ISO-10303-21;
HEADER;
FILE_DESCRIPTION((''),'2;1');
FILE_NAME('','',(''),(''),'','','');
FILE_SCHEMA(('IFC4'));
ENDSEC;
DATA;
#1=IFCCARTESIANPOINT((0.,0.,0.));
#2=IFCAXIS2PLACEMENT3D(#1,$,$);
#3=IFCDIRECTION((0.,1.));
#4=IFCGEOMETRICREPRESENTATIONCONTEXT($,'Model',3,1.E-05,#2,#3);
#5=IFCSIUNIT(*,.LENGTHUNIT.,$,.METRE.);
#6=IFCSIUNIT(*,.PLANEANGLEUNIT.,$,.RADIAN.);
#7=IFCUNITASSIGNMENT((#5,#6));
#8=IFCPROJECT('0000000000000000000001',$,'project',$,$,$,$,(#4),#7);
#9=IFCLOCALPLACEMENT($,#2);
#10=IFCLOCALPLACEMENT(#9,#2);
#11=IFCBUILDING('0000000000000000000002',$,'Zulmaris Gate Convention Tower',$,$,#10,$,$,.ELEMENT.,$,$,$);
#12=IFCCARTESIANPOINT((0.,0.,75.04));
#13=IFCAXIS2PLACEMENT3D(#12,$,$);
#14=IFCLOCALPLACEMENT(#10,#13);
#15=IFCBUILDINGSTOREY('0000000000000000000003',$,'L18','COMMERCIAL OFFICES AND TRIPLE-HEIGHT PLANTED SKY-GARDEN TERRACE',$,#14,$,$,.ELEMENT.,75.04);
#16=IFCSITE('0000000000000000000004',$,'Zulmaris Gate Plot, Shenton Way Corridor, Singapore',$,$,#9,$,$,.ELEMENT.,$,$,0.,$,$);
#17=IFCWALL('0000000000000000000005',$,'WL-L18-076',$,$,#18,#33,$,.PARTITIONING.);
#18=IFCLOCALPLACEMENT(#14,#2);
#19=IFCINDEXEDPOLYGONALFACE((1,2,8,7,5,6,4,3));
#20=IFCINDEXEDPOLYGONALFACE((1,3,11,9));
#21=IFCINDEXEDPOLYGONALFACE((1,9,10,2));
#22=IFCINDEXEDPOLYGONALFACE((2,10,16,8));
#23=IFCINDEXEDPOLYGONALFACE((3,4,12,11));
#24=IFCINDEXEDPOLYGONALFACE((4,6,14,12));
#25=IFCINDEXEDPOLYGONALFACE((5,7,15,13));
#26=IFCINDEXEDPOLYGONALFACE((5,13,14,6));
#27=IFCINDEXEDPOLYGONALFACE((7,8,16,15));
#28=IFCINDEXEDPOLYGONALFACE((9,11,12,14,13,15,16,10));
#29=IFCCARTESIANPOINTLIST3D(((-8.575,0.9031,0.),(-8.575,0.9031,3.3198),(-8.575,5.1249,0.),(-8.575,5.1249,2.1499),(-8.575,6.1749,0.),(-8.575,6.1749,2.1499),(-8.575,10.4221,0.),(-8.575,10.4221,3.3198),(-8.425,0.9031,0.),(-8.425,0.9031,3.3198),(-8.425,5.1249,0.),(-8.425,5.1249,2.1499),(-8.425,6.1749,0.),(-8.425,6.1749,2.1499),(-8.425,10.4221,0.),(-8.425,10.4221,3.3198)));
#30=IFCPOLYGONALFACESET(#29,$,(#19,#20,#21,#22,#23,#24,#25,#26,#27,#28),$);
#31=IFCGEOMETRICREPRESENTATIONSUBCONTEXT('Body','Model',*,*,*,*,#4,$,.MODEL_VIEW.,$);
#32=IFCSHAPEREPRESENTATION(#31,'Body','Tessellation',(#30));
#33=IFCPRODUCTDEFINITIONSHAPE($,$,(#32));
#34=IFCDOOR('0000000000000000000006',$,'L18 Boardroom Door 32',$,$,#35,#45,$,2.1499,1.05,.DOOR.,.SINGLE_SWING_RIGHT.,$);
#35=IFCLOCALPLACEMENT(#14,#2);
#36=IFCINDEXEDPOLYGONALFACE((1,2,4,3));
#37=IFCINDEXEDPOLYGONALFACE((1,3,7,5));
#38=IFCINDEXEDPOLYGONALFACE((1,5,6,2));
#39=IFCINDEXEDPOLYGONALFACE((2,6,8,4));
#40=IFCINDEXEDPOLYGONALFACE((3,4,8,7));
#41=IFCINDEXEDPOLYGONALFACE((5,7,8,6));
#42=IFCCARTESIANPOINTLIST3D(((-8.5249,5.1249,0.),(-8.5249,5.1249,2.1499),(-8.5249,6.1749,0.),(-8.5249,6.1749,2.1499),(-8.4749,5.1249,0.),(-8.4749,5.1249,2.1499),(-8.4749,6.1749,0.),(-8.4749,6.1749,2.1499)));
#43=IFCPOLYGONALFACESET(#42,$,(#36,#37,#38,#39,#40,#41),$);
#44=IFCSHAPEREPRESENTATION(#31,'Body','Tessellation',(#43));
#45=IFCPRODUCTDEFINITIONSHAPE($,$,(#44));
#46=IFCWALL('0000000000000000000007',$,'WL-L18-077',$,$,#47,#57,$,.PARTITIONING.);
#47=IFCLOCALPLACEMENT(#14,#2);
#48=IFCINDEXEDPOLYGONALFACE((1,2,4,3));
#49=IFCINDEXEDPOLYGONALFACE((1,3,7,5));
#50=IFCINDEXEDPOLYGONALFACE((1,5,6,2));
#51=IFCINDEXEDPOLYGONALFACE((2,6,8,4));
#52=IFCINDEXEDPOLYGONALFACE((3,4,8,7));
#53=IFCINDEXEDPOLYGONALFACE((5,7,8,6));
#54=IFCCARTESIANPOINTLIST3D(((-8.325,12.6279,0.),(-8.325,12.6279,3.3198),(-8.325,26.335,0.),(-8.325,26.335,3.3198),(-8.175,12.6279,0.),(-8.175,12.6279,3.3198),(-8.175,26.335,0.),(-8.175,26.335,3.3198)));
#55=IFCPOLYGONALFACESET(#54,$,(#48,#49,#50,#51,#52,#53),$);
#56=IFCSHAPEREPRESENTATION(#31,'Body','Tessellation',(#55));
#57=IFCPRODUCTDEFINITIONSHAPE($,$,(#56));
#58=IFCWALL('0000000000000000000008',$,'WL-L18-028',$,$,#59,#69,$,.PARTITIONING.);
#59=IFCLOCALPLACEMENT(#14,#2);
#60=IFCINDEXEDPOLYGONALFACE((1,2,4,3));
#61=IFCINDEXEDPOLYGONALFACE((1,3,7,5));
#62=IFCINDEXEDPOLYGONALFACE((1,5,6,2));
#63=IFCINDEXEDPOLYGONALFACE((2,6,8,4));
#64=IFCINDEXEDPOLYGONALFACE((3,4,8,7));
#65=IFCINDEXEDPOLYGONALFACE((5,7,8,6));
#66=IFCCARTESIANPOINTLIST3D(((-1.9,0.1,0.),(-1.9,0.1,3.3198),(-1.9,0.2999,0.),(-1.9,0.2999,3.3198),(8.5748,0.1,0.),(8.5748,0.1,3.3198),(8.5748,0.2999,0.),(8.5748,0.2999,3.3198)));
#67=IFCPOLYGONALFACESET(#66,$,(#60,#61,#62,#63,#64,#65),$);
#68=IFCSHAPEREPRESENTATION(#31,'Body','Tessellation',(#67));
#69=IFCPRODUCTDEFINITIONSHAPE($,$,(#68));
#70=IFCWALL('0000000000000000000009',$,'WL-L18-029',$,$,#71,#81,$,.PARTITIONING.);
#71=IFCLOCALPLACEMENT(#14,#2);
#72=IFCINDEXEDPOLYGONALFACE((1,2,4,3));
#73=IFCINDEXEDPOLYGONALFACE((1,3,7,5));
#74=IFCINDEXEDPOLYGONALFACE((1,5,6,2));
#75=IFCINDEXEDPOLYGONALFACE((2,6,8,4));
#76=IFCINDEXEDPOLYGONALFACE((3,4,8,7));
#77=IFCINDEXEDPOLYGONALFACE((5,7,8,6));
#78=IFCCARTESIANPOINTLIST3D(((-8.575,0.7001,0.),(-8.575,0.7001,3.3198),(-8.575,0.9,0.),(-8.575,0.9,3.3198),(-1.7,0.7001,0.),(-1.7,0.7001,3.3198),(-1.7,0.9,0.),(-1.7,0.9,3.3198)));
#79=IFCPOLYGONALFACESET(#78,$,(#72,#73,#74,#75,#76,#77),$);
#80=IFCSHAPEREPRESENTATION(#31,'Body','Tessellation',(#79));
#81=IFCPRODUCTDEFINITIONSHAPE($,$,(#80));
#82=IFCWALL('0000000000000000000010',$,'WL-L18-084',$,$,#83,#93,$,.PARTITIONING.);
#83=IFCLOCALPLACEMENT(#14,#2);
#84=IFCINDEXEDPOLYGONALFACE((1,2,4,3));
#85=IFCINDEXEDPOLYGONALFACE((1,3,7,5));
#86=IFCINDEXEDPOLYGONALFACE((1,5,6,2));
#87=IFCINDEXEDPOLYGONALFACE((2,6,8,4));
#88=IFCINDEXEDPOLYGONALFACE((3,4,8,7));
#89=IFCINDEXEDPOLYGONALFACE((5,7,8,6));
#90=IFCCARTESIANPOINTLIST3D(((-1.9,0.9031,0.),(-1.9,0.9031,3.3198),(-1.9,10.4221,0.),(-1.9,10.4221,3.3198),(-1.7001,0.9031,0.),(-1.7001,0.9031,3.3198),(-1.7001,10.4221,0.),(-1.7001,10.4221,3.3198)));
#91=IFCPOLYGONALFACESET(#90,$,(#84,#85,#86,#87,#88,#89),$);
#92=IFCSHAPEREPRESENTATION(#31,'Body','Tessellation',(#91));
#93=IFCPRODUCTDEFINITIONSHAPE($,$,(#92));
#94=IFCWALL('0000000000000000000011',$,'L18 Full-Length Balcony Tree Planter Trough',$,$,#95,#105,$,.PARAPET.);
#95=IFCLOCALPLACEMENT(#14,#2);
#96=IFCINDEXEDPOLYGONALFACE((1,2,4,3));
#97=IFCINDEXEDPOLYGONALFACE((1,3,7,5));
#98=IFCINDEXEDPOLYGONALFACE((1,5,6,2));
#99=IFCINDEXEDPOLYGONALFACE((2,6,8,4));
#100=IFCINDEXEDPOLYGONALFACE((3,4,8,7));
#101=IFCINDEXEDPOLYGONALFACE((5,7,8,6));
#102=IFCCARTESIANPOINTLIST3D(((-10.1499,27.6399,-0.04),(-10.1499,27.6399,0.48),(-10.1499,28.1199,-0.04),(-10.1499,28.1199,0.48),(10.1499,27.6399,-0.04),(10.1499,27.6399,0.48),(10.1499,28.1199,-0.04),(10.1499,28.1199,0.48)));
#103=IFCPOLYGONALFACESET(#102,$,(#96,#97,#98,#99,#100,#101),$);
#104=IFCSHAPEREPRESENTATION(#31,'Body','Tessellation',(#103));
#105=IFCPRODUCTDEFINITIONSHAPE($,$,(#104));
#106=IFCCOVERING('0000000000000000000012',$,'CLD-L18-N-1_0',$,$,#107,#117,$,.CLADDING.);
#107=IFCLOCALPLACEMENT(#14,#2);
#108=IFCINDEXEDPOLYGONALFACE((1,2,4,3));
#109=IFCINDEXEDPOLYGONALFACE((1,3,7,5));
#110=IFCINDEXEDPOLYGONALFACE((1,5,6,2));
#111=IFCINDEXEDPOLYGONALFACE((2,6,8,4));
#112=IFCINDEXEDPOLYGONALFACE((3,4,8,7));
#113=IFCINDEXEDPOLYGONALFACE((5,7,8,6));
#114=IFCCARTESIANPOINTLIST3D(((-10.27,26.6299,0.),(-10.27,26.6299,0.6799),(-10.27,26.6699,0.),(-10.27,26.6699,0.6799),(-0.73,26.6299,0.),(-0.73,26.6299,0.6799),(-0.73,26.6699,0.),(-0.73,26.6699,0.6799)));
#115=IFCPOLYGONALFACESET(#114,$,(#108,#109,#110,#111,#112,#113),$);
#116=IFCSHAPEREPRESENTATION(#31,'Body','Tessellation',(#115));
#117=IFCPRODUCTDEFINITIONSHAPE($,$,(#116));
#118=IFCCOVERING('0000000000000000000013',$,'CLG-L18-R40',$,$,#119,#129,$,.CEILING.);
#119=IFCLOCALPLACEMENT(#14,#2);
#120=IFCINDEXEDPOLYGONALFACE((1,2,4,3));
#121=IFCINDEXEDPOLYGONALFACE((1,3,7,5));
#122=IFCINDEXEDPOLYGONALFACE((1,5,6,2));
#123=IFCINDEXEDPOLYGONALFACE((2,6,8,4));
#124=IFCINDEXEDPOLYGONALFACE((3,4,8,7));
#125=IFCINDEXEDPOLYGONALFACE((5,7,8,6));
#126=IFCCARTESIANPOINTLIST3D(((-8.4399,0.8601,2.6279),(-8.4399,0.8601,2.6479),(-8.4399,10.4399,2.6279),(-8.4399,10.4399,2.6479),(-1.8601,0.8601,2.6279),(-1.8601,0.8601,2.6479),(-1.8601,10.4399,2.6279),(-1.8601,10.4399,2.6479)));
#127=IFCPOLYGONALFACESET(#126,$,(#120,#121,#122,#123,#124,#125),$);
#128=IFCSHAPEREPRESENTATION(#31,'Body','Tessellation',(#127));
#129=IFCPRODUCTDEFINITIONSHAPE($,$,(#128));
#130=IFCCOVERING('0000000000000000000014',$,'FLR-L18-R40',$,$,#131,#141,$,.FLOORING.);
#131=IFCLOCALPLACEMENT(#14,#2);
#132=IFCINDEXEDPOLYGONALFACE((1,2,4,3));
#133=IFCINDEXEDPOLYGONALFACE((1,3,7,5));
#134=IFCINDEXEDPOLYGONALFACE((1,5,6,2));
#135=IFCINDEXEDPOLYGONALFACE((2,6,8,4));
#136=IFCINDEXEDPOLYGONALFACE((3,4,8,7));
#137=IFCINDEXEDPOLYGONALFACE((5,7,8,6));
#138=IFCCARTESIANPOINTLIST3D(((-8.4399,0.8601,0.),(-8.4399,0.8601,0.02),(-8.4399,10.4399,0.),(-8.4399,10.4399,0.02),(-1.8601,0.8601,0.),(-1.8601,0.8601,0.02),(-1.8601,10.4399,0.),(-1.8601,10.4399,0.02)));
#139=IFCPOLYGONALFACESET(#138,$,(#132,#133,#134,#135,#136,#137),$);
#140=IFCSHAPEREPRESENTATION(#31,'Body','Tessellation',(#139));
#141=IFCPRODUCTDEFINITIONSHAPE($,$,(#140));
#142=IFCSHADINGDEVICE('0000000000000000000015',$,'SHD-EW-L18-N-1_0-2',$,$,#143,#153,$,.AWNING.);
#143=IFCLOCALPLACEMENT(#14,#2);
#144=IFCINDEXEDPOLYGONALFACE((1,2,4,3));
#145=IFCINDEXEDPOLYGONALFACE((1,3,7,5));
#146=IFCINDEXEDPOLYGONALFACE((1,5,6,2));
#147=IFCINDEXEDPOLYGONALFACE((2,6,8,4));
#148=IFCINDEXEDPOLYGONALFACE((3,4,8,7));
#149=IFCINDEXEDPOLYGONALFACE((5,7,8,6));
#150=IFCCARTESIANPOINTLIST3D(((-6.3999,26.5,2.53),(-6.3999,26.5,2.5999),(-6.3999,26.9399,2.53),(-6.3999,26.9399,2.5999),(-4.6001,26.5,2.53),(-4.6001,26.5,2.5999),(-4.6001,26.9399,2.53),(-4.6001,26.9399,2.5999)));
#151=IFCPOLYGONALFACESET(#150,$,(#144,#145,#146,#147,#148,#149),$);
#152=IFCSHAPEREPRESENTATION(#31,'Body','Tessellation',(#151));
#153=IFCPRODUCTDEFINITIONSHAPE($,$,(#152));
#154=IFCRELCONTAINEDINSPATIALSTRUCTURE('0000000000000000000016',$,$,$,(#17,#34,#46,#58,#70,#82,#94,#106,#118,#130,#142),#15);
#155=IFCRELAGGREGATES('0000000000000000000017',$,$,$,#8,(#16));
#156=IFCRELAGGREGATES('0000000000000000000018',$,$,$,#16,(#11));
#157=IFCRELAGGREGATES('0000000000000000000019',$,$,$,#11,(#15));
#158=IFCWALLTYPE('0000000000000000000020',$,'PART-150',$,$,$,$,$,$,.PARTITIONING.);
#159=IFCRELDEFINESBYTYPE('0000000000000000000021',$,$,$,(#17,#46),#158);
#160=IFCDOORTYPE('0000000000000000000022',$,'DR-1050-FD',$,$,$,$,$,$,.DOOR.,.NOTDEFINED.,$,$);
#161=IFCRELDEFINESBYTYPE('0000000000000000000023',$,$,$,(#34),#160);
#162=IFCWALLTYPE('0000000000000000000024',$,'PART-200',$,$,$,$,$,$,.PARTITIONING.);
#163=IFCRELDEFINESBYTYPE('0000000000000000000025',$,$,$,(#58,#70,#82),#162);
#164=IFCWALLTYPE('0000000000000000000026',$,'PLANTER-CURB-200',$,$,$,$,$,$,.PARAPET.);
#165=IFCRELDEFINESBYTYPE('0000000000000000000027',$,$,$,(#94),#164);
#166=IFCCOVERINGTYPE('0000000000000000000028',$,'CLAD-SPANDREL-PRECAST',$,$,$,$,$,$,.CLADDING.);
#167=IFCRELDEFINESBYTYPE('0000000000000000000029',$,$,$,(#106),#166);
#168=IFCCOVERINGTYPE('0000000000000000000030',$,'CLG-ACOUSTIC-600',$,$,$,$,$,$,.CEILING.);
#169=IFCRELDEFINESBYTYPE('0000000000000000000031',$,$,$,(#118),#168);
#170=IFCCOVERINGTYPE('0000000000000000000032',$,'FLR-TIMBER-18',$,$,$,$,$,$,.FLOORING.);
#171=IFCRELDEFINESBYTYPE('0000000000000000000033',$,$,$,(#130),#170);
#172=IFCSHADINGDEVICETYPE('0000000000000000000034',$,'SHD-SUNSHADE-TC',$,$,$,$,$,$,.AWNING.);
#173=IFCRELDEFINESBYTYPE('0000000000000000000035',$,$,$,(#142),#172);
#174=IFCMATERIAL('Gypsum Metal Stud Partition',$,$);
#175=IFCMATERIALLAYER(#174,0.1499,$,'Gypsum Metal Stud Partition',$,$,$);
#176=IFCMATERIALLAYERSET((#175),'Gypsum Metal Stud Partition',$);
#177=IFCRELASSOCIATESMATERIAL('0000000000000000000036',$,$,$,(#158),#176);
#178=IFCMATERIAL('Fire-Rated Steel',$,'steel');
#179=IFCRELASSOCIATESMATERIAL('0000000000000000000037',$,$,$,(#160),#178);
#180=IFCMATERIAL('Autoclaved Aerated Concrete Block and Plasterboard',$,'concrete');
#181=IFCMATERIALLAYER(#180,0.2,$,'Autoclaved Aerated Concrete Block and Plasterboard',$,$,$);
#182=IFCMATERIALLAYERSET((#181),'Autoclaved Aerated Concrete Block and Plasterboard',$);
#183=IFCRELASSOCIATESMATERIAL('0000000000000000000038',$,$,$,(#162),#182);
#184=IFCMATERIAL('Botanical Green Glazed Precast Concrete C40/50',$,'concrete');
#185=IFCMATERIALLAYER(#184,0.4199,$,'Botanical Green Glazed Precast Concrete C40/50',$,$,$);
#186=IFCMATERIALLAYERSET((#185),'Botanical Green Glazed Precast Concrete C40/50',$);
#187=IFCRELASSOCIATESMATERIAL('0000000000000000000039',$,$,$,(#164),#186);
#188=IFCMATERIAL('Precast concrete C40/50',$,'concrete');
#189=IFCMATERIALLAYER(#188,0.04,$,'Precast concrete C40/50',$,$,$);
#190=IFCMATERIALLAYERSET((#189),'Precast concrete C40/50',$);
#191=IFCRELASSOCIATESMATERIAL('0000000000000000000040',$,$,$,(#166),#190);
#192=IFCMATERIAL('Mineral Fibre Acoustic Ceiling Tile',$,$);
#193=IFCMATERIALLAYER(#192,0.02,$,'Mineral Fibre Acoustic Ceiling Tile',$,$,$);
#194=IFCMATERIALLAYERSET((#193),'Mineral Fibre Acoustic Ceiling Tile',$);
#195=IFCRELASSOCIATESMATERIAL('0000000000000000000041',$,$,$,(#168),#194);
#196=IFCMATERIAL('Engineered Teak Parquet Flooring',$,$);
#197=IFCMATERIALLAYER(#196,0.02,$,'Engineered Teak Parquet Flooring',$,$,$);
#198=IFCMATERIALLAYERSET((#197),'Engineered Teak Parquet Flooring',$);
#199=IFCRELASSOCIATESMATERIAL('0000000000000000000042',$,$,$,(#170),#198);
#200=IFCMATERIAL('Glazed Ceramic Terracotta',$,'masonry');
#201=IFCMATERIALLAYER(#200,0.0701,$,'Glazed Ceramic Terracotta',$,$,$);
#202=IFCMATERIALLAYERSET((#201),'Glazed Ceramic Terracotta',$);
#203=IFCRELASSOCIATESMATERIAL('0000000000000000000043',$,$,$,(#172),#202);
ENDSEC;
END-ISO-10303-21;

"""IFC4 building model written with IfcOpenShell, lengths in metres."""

from ifc_helpers import new_model, si_unit, direction, frame, frame_2d, origin, place, context, subcontext, project, spatial, polyline, rectangle, outline, extrude, material, layer, layer_set, type_object, element, fill, save


model = new_model("IFC4")

# Units and contexts
model_context = context("Model", 3, precision=1e-05, world=origin(), true_north=direction((0.0, 1.0)))
body_context = subcontext(model_context, "Body", "Model", "MODEL_VIEW")
ifc_project = project(units=[si_unit("LENGTHUNIT", "METRE"), si_unit("PLANEANGLEUNIT", "RADIAN")], contexts=[model_context])

# Site, building, storey
site_placement = place(None, origin())
site = spatial("IfcSite", under=ifc_project, at=site_placement, Name="Zulmaris Gate Plot, Shenton Way Corridor, Singapore", CompositionType="ELEMENT", RefElevation=0.0)
building_placement = place(site_placement, origin())
building = spatial("IfcBuilding", under=site, at=building_placement, Name="Zulmaris Gate Convention Tower", CompositionType="ELEMENT")
storey_placement = place(building_placement, frame((0.0, 0.0, 75.04)))
storey = spatial("IfcBuildingStorey", under=building, at=storey_placement, Name="L18", Description="COMMERCIAL OFFICES AND TRIPLE-HEIGHT PLANTED SKY-GARDEN TERRACE", CompositionType="ELEMENT", Elevation=75.04)

# Shared definitions
ifc_material_1 = material(Name="Gypsum Metal Stud Partition")
ifc_layer_1 = layer(ifc_material_1, 0.1499, Name="Gypsum Metal Stud Partition")
ifc_layer_set_1 = layer_set([ifc_layer_1], Name="Gypsum Metal Stud Partition")
wall_type_1 = type_object("IfcWallType", Name="PART-150", PredefinedType="PARTITIONING", material=ifc_layer_set_1)
ifc_material_2 = material(Name="Fire-Rated Steel", Category="steel")
door_type_1 = type_object("IfcDoorType", Name="DR-1050-FD", OperationType="NOTDEFINED", PredefinedType="DOOR", material=ifc_material_2)

# Wall, opening, door
wall_1_placement = place(storey_placement, frame((-8.5, 0.9031, 0.0), z_axis=(0.0, 0.0, 1.0), x_axis=(0.0, 1.0, 0.0)))
wall_1 = element("IfcWall", 1, at=wall_1_placement, inside=storey, type_object=wall_type_1, Name="WL-L18-076", PredefinedType="PARTITIONING", context=body_context, shape_type="SweptSolid", body=[
    extrude(rectangle(XDim=9.519, YDim=0.1499, at=frame_2d((4.7595, 0.0))), origin(), (0.0, 0.0, 1.0), 3.3198),
])
opening_1_placement = place(wall_1_placement, frame((4.2219, 0.0, 0.0)))
opening_1 = element("IfcOpeningElement", 2, at=opening_1_placement, cuts=wall_1, PredefinedType="OPENING", context=body_context, shape_type="SweptSolid", body=[
    extrude(rectangle(XDim=1.05, YDim=2.1499, at=frame_2d((0.5249, 1.075))), frame((0.0, 0.085, 0.0), z_axis=(0.0, -1.0, 0.0), x_axis=(1.0, 0.0, 0.0)), (0.0, 0.0, 1.0), 0.1699),
])
door_1_placement = place(opening_1_placement, origin())
door_1 = element("IfcDoor", 3, at=door_1_placement, inside=storey, type_object=door_type_1, Name="L18 Boardroom Door 32", OperationType="SINGLE_SWING_RIGHT", OverallHeight=2.1499, OverallWidth=1.05, PredefinedType="DOOR", context=body_context, shape_type="SweptSolid", body=[
    extrude(rectangle(XDim=1.05, YDim=2.1499, at=frame_2d((0.5249, 1.075))), frame((0.0, 0.0249, 0.0), z_axis=(0.0, -1.0, 0.0), x_axis=(1.0, 0.0, 0.0)), (0.0, 0.0, 1.0), 0.05),
])
fill(opening_1, door_1)

# Walls
wall_2_placement = place(storey_placement, frame((-8.25, 12.6279, 0.0), z_axis=(0.0, 0.0, 1.0), x_axis=(0.0, 1.0, 0.0)))
element("IfcWall", 4, at=wall_2_placement, inside=storey, type_object=wall_type_1, Name="WL-L18-077", PredefinedType="PARTITIONING", context=body_context, shape_type="SweptSolid", body=[
    extrude(rectangle(XDim=13.707, YDim=0.1499, at=frame_2d((6.8535, 0.0))), origin(), (0.0, 0.0, 1.0), 3.3198),
])
ifc_material_3 = material(Name="Autoclaved Aerated Concrete Block and Plasterboard", Category="concrete")
ifc_layer_2 = layer(ifc_material_3, 0.2, Name="Autoclaved Aerated Concrete Block and Plasterboard")
ifc_layer_set_2 = layer_set([ifc_layer_2], Name="Autoclaved Aerated Concrete Block and Plasterboard")
wall_type_2 = type_object("IfcWallType", Name="PART-200", PredefinedType="PARTITIONING", material=ifc_layer_set_2)
wall_3_placement = place(storey_placement, frame((-1.8999, 0.2, 0.0), z_axis=(0.0, 0.0, 1.0), x_axis=(1.0, 0.0, 0.0)))
element("IfcWall", 5, at=wall_3_placement, inside=storey, type_object=wall_type_2, Name="WL-L18-028", PredefinedType="PARTITIONING", context=body_context, shape_type="SweptSolid", body=[
    extrude(rectangle(XDim=10.4749, YDim=0.2, at=frame_2d((5.2373, 0.0))), origin(), (0.0, 0.0, 1.0), 3.3198),
])
wall_4_placement = place(storey_placement, frame((-8.575, 0.8, 0.0), z_axis=(0.0, 0.0, 1.0), x_axis=(1.0, 0.0, 0.0)))
element("IfcWall", 6, at=wall_4_placement, inside=storey, type_object=wall_type_2, Name="WL-L18-029", PredefinedType="PARTITIONING", context=body_context, shape_type="SweptSolid", body=[
    extrude(rectangle(XDim=6.875, YDim=0.2, at=frame_2d((3.4375, 0.0))), origin(), (0.0, 0.0, 1.0), 3.3198),
])
wall_5_placement = place(storey_placement, frame((-1.8, 0.9031, 0.0), z_axis=(0.0, 0.0, 1.0), x_axis=(0.0, 1.0, 0.0)))
element("IfcWall", 7, at=wall_5_placement, inside=storey, type_object=wall_type_2, Name="WL-L18-084", PredefinedType="PARTITIONING", context=body_context, shape_type="SweptSolid", body=[
    extrude(rectangle(XDim=9.519, YDim=0.2, at=frame_2d((4.7595, 0.0))), origin(), (0.0, 0.0, 1.0), 3.3198),
])
ifc_material_4 = material(Name="Botanical Green Glazed Precast Concrete C40/50", Category="concrete")
ifc_layer_3 = layer(ifc_material_4, 0.4199, Name="Botanical Green Glazed Precast Concrete C40/50")
ifc_layer_set_3 = layer_set([ifc_layer_3], Name="Botanical Green Glazed Precast Concrete C40/50")
wall_type_3 = type_object("IfcWallType", Name="PLANTER-CURB-200", PredefinedType="PARAPET", material=ifc_layer_set_3)
wall_6_placement = place(storey_placement, frame((-10.1499, 27.8799, -0.04), z_axis=(0.0, 0.0, 1.0), x_axis=(1.0, 0.0, 0.0)))
element("IfcWall", 8, at=wall_6_placement, inside=storey, type_object=wall_type_3, Name="L18 Full-Length Balcony Tree Planter Trough", PredefinedType="PARAPET", context=body_context, shape_type="SweptSolid", body=[
    extrude(rectangle(XDim=20.2998, YDim=0.48, at=frame_2d((10.1499, 0.0))), origin(), (0.0, 0.0, 1.0), 0.52),
])

# Shared definitions
ifc_material_5 = material(Name="Precast concrete C40/50", Category="concrete")

# Coverings
ifc_layer_4 = layer(ifc_material_5, 0.04, Name="Precast concrete C40/50")
ifc_layer_set_4 = layer_set([ifc_layer_4], Name="Precast concrete C40/50")
covering_type_1 = type_object("IfcCoveringType", Name="CLAD-SPANDREL-PRECAST", PredefinedType="CLADDING", material=ifc_layer_set_4)
covering_1_placement = place(storey_placement, frame((-0.73, 26.6499, 0.0), z_axis=(0.0, 0.0, 1.0), x_axis=(-1.0, 0.0, 0.0)))
element("IfcCovering", 9, at=covering_1_placement, inside=storey, type_object=covering_type_1, Name="CLD-L18-N-1_0", PredefinedType="CLADDING", context=body_context, shape_type="SweptSolid", body=[
    extrude(rectangle(XDim=9.54, YDim=0.04, at=frame_2d((4.77, 0.0))), origin(), (0.0, 0.0, 1.0), 0.6799),
])
ifc_material_6 = material(Name="Mineral Fibre Acoustic Ceiling Tile")
ifc_layer_5 = layer(ifc_material_6, 0.02, Name="Mineral Fibre Acoustic Ceiling Tile")
ifc_layer_set_5 = layer_set([ifc_layer_5], Name="Mineral Fibre Acoustic Ceiling Tile")
covering_type_2 = type_object("IfcCoveringType", Name="CLG-ACOUSTIC-600", PredefinedType="CEILING", material=ifc_layer_set_5)
covering_2_placement = place(storey_placement, frame((0.0, 0.0, 2.6279)))
element("IfcCovering", 10, at=covering_2_placement, inside=storey, type_object=covering_type_2, Name="CLG-L18-R40", PredefinedType="CEILING", context=body_context, shape_type="SweptSolid", body=[
    extrude(outline(polyline([(-8.4399, 0.8601), (-1.8601, 0.8601), (-1.8601, 10.4399), (-8.4399, 10.4399), (-8.4399, 0.8601)])), origin(), (0.0, 0.0, 1.0), 0.02),
])
ifc_material_7 = material(Name="Engineered Teak Parquet Flooring")
ifc_layer_6 = layer(ifc_material_7, 0.02, Name="Engineered Teak Parquet Flooring")
ifc_layer_set_6 = layer_set([ifc_layer_6], Name="Engineered Teak Parquet Flooring")
covering_type_3 = type_object("IfcCoveringType", Name="FLR-TIMBER-18", PredefinedType="FLOORING", material=ifc_layer_set_6)
covering_3_placement = place(storey_placement, origin())
element("IfcCovering", 11, at=covering_3_placement, inside=storey, type_object=covering_type_3, Name="FLR-L18-R40", PredefinedType="FLOORING", context=body_context, shape_type="SweptSolid", body=[
    extrude(outline(polyline([(-8.4399, 0.8601), (-1.8601, 0.8601), (-1.8601, 10.4399), (-8.4399, 10.4399), (-8.4399, 0.8601)])), origin(), (0.0, 0.0, 1.0), 0.02),
])

# Shading device
ifc_material_8 = material(Name="Glazed Ceramic Terracotta", Category="masonry")
ifc_layer_7 = layer(ifc_material_8, 0.0701, Name="Glazed Ceramic Terracotta")
ifc_layer_set_7 = layer_set([ifc_layer_7], Name="Glazed Ceramic Terracotta")
shading_device_type = type_object("IfcShadingDeviceType", Name="SHD-SUNSHADE-TC", PredefinedType="AWNING", material=ifc_layer_set_7)
shading_device_placement = place(storey_placement, frame((-4.6001, 26.72, 2.53), z_axis=(0.0, 0.0, 1.0), x_axis=(-1.0, 0.0, 0.0)))
element("IfcShadingDevice", 12, at=shading_device_placement, inside=storey, type_object=shading_device_type, Name="SHD-EW-L18-N-1_0-2", PredefinedType="AWNING", context=body_context, shape_type="SweptSolid", body=[
    extrude(rectangle(XDim=1.7998, YDim=0.4399, at=frame_2d((0.8999, 0.0))), origin(), (0.0, 0.0, 1.0), 0.0698),
])

save(model, "model.ifc")
